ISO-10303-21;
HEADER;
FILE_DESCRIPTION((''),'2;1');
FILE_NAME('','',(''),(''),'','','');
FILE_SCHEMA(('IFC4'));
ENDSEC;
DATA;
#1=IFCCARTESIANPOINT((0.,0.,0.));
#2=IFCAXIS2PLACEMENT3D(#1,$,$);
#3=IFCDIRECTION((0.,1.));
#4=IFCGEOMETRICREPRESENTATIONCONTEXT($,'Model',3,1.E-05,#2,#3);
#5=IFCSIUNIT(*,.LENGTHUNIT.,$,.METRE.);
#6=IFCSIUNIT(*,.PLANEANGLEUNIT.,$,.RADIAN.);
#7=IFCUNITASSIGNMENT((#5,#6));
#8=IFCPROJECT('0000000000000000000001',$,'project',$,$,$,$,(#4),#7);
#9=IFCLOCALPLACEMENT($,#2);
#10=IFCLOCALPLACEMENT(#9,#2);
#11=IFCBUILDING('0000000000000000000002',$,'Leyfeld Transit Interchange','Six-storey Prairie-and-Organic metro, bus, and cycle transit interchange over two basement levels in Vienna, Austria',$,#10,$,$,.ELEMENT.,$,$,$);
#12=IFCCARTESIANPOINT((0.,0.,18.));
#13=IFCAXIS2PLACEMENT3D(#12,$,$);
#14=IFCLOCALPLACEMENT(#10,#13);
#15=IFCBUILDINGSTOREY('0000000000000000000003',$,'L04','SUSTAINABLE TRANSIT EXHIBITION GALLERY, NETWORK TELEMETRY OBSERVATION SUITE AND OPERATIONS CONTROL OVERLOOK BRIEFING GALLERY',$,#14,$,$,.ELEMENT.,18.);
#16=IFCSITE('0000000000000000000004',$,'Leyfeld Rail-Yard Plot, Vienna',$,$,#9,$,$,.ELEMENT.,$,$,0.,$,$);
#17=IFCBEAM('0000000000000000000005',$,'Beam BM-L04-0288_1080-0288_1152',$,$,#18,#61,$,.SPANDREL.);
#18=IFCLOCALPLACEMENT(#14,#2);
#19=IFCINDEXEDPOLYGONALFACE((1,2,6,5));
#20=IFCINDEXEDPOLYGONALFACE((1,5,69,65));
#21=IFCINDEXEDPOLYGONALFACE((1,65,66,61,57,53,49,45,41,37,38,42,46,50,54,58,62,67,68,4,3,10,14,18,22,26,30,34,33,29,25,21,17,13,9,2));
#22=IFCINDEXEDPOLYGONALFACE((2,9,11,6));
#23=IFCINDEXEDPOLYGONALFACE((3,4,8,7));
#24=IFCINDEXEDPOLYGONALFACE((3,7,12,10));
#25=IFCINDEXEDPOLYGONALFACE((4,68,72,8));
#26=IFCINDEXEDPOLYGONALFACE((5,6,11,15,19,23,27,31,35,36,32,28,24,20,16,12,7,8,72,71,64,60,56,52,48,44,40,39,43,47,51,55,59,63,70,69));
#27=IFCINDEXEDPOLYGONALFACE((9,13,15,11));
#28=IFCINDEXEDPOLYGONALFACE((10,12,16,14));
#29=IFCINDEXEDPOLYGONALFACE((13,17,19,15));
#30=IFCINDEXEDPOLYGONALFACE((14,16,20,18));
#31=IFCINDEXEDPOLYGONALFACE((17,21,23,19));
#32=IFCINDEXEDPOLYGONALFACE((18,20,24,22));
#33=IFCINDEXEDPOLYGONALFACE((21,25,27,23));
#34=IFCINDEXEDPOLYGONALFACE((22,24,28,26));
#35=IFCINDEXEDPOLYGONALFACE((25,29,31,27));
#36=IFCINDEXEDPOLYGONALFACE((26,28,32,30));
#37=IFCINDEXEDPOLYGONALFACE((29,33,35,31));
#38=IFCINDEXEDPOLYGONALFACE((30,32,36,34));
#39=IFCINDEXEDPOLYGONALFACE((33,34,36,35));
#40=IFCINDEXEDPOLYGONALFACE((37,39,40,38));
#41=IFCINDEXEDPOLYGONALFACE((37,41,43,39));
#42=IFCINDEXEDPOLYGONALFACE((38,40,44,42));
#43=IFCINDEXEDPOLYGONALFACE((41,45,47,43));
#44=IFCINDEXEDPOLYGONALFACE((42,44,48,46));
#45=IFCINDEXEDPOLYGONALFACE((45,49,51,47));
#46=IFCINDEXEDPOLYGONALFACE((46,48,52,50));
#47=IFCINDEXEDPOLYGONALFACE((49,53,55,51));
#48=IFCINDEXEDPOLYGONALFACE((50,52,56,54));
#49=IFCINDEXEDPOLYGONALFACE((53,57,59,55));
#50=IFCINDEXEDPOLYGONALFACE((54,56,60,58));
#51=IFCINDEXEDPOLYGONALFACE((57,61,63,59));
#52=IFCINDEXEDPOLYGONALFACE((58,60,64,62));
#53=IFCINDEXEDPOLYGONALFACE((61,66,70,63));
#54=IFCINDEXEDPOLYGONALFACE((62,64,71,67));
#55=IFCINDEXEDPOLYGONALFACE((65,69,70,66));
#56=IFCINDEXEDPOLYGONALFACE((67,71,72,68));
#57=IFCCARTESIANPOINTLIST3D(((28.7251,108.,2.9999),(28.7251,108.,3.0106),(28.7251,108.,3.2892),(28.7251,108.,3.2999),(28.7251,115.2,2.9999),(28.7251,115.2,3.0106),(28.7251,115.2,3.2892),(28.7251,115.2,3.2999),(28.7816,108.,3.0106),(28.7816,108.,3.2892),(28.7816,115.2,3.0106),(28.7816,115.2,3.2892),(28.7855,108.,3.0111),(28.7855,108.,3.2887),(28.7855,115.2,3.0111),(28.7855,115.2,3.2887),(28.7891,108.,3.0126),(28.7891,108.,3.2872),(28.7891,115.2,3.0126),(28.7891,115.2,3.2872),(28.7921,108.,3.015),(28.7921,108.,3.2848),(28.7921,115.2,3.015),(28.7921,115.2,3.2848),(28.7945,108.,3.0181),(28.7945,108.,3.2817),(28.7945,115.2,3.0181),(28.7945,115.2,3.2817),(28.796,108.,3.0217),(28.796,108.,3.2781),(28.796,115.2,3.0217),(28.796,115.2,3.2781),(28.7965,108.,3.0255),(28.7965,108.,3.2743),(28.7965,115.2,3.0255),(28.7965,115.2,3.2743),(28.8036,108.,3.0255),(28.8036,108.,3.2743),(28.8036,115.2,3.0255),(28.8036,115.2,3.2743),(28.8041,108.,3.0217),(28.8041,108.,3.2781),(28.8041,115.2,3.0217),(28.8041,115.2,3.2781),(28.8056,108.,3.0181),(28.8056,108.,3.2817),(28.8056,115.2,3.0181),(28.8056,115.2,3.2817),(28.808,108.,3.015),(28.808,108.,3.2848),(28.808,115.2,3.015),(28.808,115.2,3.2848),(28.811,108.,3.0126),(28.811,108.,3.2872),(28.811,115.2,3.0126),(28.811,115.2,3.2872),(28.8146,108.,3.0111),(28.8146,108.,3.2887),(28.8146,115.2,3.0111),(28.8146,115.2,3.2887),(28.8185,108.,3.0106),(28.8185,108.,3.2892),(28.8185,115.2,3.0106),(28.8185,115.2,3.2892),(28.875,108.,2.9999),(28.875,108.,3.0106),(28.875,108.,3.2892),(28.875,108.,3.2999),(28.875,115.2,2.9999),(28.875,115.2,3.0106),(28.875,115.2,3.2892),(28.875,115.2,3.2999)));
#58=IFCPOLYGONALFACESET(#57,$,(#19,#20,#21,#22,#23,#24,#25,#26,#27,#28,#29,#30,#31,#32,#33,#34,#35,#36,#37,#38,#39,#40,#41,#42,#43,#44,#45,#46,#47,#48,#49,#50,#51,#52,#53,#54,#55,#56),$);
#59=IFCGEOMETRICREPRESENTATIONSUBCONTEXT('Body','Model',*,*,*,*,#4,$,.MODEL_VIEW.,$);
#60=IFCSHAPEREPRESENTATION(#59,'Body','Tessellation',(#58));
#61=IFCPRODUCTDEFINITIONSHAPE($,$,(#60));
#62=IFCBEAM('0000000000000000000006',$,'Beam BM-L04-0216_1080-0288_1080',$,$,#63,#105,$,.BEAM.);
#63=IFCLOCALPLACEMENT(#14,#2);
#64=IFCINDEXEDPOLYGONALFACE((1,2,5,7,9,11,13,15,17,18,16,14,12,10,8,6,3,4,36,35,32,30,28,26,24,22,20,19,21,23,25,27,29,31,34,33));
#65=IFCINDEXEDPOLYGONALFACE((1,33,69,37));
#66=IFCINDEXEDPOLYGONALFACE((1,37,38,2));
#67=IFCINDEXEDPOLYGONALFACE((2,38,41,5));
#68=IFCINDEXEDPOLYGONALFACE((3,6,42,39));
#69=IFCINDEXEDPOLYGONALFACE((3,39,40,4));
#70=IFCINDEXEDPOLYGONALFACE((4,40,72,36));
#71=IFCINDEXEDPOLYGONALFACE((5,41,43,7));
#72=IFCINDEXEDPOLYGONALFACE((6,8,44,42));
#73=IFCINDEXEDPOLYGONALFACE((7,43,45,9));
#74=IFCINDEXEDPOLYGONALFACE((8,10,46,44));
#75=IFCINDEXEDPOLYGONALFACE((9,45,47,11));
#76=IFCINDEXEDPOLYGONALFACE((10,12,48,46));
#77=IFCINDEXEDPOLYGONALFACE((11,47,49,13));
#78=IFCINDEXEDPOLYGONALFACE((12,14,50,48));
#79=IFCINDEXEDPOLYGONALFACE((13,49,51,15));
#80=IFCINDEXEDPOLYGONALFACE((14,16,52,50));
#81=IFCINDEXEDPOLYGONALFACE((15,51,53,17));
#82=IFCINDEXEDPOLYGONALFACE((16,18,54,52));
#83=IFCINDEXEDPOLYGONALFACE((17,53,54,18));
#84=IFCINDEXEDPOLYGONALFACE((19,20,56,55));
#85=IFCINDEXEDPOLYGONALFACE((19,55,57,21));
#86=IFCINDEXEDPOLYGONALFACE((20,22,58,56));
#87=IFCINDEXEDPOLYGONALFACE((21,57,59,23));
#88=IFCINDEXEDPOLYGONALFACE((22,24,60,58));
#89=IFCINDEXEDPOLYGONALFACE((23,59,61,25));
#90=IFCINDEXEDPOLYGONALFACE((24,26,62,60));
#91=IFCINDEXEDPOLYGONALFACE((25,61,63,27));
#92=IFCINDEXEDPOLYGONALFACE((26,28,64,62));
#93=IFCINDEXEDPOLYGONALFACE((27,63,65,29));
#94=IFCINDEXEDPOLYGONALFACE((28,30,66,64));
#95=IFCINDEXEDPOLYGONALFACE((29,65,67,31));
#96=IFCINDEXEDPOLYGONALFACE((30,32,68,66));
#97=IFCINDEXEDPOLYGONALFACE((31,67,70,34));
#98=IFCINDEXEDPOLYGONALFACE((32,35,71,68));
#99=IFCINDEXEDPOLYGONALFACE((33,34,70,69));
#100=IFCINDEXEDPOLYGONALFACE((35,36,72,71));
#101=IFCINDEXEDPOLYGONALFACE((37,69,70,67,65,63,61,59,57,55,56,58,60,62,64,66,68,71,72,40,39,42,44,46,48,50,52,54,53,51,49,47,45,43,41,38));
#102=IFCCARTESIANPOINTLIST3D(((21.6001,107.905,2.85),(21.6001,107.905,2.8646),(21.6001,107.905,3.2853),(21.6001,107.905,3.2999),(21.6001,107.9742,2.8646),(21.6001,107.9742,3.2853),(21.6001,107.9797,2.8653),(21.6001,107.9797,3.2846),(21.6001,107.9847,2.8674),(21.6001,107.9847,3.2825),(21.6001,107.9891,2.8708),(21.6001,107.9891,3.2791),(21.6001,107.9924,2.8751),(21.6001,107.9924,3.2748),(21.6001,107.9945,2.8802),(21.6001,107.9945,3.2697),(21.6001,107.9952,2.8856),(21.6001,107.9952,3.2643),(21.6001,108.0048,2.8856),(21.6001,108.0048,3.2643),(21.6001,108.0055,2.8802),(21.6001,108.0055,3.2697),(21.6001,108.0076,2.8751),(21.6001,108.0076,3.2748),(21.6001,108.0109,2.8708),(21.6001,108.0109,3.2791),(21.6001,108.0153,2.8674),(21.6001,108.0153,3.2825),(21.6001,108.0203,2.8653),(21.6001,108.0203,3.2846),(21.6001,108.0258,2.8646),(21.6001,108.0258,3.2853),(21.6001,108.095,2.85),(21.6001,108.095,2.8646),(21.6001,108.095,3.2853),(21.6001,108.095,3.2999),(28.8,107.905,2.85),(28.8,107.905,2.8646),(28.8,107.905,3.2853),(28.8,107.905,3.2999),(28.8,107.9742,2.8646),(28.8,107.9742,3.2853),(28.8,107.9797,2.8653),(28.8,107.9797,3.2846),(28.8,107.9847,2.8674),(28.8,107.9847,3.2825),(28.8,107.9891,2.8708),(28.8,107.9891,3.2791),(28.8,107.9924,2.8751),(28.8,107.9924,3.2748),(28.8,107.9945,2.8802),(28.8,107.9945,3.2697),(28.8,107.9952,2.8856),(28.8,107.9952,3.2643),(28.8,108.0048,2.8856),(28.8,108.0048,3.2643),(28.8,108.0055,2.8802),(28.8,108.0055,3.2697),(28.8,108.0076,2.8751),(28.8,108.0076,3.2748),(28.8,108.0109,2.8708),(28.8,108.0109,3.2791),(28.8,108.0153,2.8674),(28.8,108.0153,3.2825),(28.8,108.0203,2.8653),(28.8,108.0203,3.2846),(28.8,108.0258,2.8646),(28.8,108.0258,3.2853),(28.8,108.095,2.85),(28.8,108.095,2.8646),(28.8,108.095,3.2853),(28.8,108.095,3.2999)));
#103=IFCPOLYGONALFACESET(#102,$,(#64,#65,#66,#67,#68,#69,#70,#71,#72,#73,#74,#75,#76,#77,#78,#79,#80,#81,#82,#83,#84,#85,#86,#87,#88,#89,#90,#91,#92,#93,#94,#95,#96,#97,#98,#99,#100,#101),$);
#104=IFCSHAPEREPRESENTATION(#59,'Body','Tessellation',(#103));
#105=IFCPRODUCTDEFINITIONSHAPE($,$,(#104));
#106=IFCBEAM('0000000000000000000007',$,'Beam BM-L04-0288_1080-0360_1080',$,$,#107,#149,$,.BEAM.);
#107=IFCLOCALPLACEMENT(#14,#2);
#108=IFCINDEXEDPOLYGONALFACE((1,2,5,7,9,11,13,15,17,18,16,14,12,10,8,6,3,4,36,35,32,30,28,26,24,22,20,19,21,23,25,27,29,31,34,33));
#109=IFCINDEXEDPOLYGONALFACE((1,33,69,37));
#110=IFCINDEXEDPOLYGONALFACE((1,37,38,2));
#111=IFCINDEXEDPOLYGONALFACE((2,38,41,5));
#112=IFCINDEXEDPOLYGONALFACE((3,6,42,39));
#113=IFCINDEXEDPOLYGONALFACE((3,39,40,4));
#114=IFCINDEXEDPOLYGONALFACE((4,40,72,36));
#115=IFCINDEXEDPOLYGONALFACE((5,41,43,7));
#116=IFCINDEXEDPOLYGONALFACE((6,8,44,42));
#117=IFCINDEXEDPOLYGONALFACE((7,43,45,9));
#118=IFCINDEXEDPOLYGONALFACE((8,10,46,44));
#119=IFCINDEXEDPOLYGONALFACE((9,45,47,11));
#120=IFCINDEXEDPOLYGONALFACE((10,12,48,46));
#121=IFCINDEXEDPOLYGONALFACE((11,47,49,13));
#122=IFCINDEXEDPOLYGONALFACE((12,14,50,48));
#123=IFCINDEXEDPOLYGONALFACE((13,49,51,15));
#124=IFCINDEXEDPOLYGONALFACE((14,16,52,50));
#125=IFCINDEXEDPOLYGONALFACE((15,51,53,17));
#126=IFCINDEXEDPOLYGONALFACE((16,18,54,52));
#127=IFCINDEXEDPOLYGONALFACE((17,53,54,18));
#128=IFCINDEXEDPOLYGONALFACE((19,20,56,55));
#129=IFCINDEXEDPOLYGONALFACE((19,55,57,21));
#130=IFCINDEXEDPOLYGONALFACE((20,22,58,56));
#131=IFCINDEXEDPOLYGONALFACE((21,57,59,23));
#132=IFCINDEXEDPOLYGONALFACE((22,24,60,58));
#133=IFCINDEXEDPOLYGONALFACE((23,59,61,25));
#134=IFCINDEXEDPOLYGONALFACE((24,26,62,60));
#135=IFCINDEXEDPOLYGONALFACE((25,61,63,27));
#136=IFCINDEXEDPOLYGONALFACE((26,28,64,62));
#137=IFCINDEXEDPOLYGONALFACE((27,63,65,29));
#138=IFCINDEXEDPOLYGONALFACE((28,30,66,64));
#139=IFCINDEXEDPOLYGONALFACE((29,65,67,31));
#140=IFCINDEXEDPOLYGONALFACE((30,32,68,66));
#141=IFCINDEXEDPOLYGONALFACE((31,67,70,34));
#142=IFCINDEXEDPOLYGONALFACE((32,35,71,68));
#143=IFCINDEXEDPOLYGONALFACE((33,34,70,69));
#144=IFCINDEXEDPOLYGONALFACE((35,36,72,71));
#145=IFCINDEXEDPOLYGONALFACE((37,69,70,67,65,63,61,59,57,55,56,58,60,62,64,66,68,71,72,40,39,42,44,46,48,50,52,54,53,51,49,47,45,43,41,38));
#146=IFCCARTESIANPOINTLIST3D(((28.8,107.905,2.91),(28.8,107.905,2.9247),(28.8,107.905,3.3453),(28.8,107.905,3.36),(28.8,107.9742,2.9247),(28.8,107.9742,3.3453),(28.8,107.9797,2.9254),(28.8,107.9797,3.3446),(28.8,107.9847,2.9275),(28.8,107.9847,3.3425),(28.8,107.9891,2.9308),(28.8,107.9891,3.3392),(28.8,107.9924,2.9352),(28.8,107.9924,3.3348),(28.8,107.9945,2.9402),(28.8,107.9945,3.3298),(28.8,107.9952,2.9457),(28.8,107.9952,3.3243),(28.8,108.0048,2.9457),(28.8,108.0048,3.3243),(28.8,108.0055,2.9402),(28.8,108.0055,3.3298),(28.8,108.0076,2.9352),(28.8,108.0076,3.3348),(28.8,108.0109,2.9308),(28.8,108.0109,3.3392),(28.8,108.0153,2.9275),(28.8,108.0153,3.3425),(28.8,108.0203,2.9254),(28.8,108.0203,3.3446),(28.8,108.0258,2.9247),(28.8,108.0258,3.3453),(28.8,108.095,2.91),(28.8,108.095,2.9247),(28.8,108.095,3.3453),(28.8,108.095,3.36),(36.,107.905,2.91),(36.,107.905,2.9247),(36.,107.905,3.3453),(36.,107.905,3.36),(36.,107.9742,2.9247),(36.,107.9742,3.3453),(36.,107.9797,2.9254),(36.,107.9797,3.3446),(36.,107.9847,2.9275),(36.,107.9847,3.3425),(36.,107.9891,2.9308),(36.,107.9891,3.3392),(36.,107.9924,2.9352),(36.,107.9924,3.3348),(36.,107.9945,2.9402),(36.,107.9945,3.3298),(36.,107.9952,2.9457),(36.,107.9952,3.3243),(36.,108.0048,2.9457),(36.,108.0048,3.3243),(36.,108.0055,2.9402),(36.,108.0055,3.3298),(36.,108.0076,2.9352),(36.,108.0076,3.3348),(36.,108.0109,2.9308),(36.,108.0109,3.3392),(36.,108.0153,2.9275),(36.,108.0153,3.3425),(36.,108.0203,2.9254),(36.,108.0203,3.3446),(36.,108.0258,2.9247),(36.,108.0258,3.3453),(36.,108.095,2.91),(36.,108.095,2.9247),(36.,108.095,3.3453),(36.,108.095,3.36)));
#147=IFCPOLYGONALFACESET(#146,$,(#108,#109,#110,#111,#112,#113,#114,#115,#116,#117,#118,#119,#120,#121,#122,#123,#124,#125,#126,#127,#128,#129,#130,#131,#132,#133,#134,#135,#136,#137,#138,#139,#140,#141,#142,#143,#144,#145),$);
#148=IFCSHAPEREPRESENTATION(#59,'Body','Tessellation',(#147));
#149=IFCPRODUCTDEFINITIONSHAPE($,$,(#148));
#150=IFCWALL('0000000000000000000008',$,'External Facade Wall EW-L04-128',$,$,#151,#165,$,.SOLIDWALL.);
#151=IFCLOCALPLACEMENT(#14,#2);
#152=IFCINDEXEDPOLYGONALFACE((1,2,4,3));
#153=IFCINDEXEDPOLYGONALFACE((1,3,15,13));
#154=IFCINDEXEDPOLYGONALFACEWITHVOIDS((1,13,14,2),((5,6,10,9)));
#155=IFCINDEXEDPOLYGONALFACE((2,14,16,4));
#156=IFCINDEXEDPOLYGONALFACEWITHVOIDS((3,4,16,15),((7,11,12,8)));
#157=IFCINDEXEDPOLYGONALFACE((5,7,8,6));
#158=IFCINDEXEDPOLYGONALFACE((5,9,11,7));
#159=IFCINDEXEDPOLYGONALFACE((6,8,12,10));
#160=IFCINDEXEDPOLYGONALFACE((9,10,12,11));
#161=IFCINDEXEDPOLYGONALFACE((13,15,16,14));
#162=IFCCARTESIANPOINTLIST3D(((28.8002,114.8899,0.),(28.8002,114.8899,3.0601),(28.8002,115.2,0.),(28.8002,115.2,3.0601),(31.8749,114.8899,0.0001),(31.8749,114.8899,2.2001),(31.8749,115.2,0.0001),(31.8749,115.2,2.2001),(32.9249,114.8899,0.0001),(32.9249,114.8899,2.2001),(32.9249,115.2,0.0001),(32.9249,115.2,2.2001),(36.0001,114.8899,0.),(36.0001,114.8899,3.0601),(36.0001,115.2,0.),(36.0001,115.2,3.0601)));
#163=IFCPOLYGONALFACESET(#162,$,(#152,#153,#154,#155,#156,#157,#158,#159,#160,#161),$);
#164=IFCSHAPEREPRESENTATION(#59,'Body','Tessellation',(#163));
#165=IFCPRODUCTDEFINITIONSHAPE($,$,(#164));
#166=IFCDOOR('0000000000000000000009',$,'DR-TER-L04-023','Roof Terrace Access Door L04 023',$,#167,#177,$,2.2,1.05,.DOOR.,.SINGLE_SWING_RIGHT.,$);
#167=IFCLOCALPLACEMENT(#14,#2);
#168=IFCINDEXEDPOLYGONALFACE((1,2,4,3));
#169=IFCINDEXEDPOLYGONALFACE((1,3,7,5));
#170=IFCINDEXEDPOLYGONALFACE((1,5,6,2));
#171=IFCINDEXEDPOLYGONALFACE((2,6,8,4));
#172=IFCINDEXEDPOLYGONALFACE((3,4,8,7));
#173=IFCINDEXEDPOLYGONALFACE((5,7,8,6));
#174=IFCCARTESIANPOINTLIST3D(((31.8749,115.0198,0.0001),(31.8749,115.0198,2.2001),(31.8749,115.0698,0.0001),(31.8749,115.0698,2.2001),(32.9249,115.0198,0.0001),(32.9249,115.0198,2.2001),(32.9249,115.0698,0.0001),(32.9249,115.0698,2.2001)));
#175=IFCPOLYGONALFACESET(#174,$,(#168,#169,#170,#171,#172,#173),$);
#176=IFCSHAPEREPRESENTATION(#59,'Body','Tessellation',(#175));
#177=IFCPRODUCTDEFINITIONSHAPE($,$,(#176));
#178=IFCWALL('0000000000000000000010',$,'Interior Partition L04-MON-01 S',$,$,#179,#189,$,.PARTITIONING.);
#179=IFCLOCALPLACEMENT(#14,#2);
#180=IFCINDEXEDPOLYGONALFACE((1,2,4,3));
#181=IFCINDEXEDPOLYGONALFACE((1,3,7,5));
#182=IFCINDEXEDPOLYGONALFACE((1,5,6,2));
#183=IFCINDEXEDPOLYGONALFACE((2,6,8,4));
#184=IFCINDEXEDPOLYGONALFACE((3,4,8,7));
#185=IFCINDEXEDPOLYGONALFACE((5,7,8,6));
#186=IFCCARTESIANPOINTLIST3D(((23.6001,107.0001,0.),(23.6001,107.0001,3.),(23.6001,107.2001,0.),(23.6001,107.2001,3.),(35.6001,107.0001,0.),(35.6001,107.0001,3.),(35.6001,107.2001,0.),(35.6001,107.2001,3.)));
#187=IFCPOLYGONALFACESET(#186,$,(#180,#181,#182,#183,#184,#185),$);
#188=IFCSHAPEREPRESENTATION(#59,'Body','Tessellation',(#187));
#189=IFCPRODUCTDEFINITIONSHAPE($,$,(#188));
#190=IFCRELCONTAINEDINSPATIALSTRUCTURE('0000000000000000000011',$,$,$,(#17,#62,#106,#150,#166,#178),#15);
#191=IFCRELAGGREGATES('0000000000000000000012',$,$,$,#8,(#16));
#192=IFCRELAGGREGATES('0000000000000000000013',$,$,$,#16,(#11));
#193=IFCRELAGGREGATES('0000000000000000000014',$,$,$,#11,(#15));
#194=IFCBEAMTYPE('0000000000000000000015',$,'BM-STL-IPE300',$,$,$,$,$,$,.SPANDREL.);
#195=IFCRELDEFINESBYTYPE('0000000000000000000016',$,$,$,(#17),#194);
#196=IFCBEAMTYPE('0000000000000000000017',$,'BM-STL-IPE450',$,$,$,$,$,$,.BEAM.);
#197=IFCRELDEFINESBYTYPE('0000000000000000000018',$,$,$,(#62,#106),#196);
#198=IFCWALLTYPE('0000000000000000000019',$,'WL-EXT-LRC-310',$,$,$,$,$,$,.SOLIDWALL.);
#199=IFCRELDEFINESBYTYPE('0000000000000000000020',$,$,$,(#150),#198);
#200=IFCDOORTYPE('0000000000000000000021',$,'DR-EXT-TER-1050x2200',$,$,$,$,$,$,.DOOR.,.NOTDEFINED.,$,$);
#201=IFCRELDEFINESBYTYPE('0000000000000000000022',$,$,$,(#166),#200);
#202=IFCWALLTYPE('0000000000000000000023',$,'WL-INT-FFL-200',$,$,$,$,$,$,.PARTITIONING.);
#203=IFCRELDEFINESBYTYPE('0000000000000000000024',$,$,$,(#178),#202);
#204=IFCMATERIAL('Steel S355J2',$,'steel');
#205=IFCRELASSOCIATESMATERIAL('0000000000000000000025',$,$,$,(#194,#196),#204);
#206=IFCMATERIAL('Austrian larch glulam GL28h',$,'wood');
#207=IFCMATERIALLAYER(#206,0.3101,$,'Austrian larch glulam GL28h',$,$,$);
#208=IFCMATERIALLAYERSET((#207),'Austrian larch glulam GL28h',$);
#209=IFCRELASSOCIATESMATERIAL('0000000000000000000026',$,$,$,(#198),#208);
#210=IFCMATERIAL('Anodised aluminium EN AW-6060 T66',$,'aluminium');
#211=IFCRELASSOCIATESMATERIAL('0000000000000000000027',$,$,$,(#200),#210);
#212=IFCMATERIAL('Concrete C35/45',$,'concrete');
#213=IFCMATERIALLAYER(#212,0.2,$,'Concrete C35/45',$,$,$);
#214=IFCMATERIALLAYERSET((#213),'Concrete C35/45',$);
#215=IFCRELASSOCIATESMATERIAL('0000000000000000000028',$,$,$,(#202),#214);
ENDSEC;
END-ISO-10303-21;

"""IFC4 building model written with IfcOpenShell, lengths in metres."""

from ifc_helpers import new_model, si_unit, direction, frame, frame_2d, origin, origin_2d, place, context, subcontext, project, spatial, rectangle, i_section, extrude, material, layer, layer_set, material_profile, profile_set, type_object, element, fill, save


model = new_model("IFC4")

# Units and contexts
model_context = context("Model", 3, precision=1e-05, world=origin(), true_north=direction((0.0, 1.0)))
body_context = subcontext(model_context, "Body", "Model", "MODEL_VIEW")
ifc_project = project(units=[si_unit("LENGTHUNIT", "METRE"), si_unit("PLANEANGLEUNIT", "RADIAN")], contexts=[model_context])

# Site, building, storey
site_placement = place(None, origin())
site = spatial("IfcSite", under=ifc_project, at=site_placement, Name="Leyfeld Rail-Yard Plot, Vienna", CompositionType="ELEMENT", RefElevation=0.0)
building_placement = place(site_placement, origin())
building = spatial("IfcBuilding", under=site, at=building_placement, Name="Leyfeld Transit Interchange", Description="Six-storey Prairie-and-Organic metro, bus, and cycle transit interchange over two basement levels in Vienna, Austria", CompositionType="ELEMENT")
storey_placement = place(building_placement, frame((0.0, 0.0, 18.0)))
storey = spatial("IfcBuildingStorey", under=building, at=storey_placement, Name="L04", Description="SUSTAINABLE TRANSIT EXHIBITION GALLERY, NETWORK TELEMETRY OBSERVATION SUITE AND OPERATIONS CONTROL OVERLOOK BRIEFING GALLERY", CompositionType="ELEMENT", Elevation=18.0)

# Shared definitions
ifc_material_1 = material(Name="Steel S355J2", Category="steel")

# Beams
ifc_material_profile_1 = material_profile(ifc_material_1, i_section(OverallWidth=0.1499, OverallDepth=0.3, WebThickness=0.0071, FlangeThickness=0.0107, FilletRadius=0.0149, at=origin_2d()), Name="IPE 300")
ifc_profile_set_1 = profile_set([ifc_material_profile_1], Name="Steel S355J2")
beam_type_1 = type_object("IfcBeamType", Name="BM-STL-IPE300", PredefinedType="SPANDREL", material=ifc_profile_set_1)
beam_1_placement = place(storey_placement, frame((28.8, 108.0, 3.1499), z_axis=(0.0, 1.0, 0.0), x_axis=(-1.0, 0.0, 0.0)))
element("IfcBeam", 1, at=beam_1_placement, inside=storey, type_object=beam_type_1, Name="Beam BM-L04-0288_1080-0288_1152", PredefinedType="SPANDREL", context=body_context, shape_type="SweptSolid", body=[
    extrude(i_section(OverallWidth=0.1499, OverallDepth=0.3, WebThickness=0.0071, FlangeThickness=0.0107, FilletRadius=0.0149, at=origin_2d()), origin(), (0.0, 0.0, 1.0), 7.2),
])
ifc_material_profile_2 = material_profile(ifc_material_1, i_section(OverallWidth=0.1899, OverallDepth=0.45, WebThickness=0.0095, FlangeThickness=0.0146, FilletRadius=0.021, at=origin_2d()), Name="IPE 450")
ifc_profile_set_2 = profile_set([ifc_material_profile_2], Name="Steel S355J2")
beam_type_2 = type_object("IfcBeamType", Name="BM-STL-IPE450", PredefinedType="BEAM", material=ifc_profile_set_2)
for number, where, z_axis, x_axis, name in (
    (2, (21.6001, 108.0, 3.075), (1.0, 0.0, 0.0), (0.0, 1.0, 0.0), "Beam BM-L04-0216_1080-0288_1080"),
    (3, (28.8, 108.0, 3.135), (1.0, 0.0, 0.0), (0.0, 1.0, 0.0), "Beam BM-L04-0288_1080-0360_1080"),
):
    element("IfcBeam", number, at=place(storey_placement, frame(where, z_axis=z_axis, x_axis=x_axis)), inside=storey, type_object=beam_type_2, Name=name, PredefinedType="BEAM", context=body_context, shape_type="SweptSolid", body=[
        extrude(i_section(OverallWidth=0.1899, OverallDepth=0.45, WebThickness=0.0095, FlangeThickness=0.0146, FilletRadius=0.021, at=origin_2d()), origin(), (0.0, 0.0, 1.0), 7.2),
    ])

# Wall, opening, door
ifc_material_2 = material(Name="Austrian larch glulam GL28h", Category="wood")
ifc_layer_1 = layer(ifc_material_2, 0.3101, Name="Austrian larch glulam GL28h")
ifc_layer_set_1 = layer_set([ifc_layer_1], Name="Austrian larch glulam GL28h")
wall_type_1 = type_object("IfcWallType", Name="WL-EXT-LRC-310", PredefinedType="SOLIDWALL", material=ifc_layer_set_1)
wall_1_placement = place(storey_placement, frame((28.8, 115.0449, 0.0), z_axis=(0.0, 0.0, 1.0), x_axis=(1.0, 0.0, 0.0)))
wall_1 = element("IfcWall", 4, at=wall_1_placement, inside=storey, type_object=wall_type_1, Name="External Facade Wall EW-L04-128", PredefinedType="SOLIDWALL", context=body_context, shape_type="SweptSolid", body=[
    extrude(rectangle(XDim=7.2, YDim=0.3101, at=frame_2d((3.6001, 0.0))), origin(), (0.0, 0.0, 1.0), 3.0601),
])
opening_1_placement = place(wall_1_placement, frame((3.075, 0.0, 0.0)))
opening_1 = element("IfcOpeningElement", 5, at=opening_1_placement, cuts=wall_1, PredefinedType="OPENING", context=body_context, shape_type="SweptSolid", body=[
    extrude(rectangle(XDim=1.05, YDim=2.2, at=frame_2d((0.5249, 1.1001))), frame((0.0, 0.165, 0.0), z_axis=(0.0, -1.0, 0.0), x_axis=(1.0, 0.0, 0.0)), (0.0, 0.0, 1.0), 0.3301),
])
ifc_material_3 = material(Name="Anodised aluminium EN AW-6060 T66", Category="aluminium")
door_type_1 = type_object("IfcDoorType", Name="DR-EXT-TER-1050x2200", OperationType="NOTDEFINED", PredefinedType="DOOR", material=ifc_material_3)
door_1_placement = place(opening_1_placement, origin())
door_1 = element("IfcDoor", 6, at=door_1_placement, inside=storey, type_object=door_type_1, Name="DR-TER-L04-023", Description="Roof Terrace Access Door L04 023", OperationType="SINGLE_SWING_RIGHT", OverallHeight=2.2, OverallWidth=1.05, PredefinedType="DOOR", context=body_context, shape_type="SweptSolid", body=[
    extrude(rectangle(XDim=1.05, YDim=2.2, at=frame_2d((0.5249, 1.1001))), frame((0.0, 0.0249, 0.0), z_axis=(0.0, -1.0, 0.0), x_axis=(1.0, 0.0, 0.0)), (0.0, 0.0, 1.0), 0.05),
])
fill(opening_1, door_1)

# Wall
ifc_material_4 = material(Name="Concrete C35/45", Category="concrete")
ifc_layer_2 = layer(ifc_material_4, 0.2, Name="Concrete C35/45")
ifc_layer_set_2 = layer_set([ifc_layer_2], Name="Concrete C35/45")
wall_type_2 = type_object("IfcWallType", Name="WL-INT-FFL-200", PredefinedType="PARTITIONING", material=ifc_layer_set_2)
wall_2_placement = place(storey_placement, frame((35.6001, 107.1001, 0.0), z_axis=(0.0, 0.0, 1.0), x_axis=(-1.0, 0.0, 0.0)))
element("IfcWall", 7, at=wall_2_placement, inside=storey, type_object=wall_type_2, Name="Interior Partition L04-MON-01 S", PredefinedType="PARTITIONING", context=body_context, shape_type="SweptSolid", body=[
    extrude(rectangle(XDim=12.0, YDim=0.2, at=frame_2d((6.0, 0.0))), origin(), (0.0, 0.0, 1.0), 3.0),
])

save(model, "model.ifc")
